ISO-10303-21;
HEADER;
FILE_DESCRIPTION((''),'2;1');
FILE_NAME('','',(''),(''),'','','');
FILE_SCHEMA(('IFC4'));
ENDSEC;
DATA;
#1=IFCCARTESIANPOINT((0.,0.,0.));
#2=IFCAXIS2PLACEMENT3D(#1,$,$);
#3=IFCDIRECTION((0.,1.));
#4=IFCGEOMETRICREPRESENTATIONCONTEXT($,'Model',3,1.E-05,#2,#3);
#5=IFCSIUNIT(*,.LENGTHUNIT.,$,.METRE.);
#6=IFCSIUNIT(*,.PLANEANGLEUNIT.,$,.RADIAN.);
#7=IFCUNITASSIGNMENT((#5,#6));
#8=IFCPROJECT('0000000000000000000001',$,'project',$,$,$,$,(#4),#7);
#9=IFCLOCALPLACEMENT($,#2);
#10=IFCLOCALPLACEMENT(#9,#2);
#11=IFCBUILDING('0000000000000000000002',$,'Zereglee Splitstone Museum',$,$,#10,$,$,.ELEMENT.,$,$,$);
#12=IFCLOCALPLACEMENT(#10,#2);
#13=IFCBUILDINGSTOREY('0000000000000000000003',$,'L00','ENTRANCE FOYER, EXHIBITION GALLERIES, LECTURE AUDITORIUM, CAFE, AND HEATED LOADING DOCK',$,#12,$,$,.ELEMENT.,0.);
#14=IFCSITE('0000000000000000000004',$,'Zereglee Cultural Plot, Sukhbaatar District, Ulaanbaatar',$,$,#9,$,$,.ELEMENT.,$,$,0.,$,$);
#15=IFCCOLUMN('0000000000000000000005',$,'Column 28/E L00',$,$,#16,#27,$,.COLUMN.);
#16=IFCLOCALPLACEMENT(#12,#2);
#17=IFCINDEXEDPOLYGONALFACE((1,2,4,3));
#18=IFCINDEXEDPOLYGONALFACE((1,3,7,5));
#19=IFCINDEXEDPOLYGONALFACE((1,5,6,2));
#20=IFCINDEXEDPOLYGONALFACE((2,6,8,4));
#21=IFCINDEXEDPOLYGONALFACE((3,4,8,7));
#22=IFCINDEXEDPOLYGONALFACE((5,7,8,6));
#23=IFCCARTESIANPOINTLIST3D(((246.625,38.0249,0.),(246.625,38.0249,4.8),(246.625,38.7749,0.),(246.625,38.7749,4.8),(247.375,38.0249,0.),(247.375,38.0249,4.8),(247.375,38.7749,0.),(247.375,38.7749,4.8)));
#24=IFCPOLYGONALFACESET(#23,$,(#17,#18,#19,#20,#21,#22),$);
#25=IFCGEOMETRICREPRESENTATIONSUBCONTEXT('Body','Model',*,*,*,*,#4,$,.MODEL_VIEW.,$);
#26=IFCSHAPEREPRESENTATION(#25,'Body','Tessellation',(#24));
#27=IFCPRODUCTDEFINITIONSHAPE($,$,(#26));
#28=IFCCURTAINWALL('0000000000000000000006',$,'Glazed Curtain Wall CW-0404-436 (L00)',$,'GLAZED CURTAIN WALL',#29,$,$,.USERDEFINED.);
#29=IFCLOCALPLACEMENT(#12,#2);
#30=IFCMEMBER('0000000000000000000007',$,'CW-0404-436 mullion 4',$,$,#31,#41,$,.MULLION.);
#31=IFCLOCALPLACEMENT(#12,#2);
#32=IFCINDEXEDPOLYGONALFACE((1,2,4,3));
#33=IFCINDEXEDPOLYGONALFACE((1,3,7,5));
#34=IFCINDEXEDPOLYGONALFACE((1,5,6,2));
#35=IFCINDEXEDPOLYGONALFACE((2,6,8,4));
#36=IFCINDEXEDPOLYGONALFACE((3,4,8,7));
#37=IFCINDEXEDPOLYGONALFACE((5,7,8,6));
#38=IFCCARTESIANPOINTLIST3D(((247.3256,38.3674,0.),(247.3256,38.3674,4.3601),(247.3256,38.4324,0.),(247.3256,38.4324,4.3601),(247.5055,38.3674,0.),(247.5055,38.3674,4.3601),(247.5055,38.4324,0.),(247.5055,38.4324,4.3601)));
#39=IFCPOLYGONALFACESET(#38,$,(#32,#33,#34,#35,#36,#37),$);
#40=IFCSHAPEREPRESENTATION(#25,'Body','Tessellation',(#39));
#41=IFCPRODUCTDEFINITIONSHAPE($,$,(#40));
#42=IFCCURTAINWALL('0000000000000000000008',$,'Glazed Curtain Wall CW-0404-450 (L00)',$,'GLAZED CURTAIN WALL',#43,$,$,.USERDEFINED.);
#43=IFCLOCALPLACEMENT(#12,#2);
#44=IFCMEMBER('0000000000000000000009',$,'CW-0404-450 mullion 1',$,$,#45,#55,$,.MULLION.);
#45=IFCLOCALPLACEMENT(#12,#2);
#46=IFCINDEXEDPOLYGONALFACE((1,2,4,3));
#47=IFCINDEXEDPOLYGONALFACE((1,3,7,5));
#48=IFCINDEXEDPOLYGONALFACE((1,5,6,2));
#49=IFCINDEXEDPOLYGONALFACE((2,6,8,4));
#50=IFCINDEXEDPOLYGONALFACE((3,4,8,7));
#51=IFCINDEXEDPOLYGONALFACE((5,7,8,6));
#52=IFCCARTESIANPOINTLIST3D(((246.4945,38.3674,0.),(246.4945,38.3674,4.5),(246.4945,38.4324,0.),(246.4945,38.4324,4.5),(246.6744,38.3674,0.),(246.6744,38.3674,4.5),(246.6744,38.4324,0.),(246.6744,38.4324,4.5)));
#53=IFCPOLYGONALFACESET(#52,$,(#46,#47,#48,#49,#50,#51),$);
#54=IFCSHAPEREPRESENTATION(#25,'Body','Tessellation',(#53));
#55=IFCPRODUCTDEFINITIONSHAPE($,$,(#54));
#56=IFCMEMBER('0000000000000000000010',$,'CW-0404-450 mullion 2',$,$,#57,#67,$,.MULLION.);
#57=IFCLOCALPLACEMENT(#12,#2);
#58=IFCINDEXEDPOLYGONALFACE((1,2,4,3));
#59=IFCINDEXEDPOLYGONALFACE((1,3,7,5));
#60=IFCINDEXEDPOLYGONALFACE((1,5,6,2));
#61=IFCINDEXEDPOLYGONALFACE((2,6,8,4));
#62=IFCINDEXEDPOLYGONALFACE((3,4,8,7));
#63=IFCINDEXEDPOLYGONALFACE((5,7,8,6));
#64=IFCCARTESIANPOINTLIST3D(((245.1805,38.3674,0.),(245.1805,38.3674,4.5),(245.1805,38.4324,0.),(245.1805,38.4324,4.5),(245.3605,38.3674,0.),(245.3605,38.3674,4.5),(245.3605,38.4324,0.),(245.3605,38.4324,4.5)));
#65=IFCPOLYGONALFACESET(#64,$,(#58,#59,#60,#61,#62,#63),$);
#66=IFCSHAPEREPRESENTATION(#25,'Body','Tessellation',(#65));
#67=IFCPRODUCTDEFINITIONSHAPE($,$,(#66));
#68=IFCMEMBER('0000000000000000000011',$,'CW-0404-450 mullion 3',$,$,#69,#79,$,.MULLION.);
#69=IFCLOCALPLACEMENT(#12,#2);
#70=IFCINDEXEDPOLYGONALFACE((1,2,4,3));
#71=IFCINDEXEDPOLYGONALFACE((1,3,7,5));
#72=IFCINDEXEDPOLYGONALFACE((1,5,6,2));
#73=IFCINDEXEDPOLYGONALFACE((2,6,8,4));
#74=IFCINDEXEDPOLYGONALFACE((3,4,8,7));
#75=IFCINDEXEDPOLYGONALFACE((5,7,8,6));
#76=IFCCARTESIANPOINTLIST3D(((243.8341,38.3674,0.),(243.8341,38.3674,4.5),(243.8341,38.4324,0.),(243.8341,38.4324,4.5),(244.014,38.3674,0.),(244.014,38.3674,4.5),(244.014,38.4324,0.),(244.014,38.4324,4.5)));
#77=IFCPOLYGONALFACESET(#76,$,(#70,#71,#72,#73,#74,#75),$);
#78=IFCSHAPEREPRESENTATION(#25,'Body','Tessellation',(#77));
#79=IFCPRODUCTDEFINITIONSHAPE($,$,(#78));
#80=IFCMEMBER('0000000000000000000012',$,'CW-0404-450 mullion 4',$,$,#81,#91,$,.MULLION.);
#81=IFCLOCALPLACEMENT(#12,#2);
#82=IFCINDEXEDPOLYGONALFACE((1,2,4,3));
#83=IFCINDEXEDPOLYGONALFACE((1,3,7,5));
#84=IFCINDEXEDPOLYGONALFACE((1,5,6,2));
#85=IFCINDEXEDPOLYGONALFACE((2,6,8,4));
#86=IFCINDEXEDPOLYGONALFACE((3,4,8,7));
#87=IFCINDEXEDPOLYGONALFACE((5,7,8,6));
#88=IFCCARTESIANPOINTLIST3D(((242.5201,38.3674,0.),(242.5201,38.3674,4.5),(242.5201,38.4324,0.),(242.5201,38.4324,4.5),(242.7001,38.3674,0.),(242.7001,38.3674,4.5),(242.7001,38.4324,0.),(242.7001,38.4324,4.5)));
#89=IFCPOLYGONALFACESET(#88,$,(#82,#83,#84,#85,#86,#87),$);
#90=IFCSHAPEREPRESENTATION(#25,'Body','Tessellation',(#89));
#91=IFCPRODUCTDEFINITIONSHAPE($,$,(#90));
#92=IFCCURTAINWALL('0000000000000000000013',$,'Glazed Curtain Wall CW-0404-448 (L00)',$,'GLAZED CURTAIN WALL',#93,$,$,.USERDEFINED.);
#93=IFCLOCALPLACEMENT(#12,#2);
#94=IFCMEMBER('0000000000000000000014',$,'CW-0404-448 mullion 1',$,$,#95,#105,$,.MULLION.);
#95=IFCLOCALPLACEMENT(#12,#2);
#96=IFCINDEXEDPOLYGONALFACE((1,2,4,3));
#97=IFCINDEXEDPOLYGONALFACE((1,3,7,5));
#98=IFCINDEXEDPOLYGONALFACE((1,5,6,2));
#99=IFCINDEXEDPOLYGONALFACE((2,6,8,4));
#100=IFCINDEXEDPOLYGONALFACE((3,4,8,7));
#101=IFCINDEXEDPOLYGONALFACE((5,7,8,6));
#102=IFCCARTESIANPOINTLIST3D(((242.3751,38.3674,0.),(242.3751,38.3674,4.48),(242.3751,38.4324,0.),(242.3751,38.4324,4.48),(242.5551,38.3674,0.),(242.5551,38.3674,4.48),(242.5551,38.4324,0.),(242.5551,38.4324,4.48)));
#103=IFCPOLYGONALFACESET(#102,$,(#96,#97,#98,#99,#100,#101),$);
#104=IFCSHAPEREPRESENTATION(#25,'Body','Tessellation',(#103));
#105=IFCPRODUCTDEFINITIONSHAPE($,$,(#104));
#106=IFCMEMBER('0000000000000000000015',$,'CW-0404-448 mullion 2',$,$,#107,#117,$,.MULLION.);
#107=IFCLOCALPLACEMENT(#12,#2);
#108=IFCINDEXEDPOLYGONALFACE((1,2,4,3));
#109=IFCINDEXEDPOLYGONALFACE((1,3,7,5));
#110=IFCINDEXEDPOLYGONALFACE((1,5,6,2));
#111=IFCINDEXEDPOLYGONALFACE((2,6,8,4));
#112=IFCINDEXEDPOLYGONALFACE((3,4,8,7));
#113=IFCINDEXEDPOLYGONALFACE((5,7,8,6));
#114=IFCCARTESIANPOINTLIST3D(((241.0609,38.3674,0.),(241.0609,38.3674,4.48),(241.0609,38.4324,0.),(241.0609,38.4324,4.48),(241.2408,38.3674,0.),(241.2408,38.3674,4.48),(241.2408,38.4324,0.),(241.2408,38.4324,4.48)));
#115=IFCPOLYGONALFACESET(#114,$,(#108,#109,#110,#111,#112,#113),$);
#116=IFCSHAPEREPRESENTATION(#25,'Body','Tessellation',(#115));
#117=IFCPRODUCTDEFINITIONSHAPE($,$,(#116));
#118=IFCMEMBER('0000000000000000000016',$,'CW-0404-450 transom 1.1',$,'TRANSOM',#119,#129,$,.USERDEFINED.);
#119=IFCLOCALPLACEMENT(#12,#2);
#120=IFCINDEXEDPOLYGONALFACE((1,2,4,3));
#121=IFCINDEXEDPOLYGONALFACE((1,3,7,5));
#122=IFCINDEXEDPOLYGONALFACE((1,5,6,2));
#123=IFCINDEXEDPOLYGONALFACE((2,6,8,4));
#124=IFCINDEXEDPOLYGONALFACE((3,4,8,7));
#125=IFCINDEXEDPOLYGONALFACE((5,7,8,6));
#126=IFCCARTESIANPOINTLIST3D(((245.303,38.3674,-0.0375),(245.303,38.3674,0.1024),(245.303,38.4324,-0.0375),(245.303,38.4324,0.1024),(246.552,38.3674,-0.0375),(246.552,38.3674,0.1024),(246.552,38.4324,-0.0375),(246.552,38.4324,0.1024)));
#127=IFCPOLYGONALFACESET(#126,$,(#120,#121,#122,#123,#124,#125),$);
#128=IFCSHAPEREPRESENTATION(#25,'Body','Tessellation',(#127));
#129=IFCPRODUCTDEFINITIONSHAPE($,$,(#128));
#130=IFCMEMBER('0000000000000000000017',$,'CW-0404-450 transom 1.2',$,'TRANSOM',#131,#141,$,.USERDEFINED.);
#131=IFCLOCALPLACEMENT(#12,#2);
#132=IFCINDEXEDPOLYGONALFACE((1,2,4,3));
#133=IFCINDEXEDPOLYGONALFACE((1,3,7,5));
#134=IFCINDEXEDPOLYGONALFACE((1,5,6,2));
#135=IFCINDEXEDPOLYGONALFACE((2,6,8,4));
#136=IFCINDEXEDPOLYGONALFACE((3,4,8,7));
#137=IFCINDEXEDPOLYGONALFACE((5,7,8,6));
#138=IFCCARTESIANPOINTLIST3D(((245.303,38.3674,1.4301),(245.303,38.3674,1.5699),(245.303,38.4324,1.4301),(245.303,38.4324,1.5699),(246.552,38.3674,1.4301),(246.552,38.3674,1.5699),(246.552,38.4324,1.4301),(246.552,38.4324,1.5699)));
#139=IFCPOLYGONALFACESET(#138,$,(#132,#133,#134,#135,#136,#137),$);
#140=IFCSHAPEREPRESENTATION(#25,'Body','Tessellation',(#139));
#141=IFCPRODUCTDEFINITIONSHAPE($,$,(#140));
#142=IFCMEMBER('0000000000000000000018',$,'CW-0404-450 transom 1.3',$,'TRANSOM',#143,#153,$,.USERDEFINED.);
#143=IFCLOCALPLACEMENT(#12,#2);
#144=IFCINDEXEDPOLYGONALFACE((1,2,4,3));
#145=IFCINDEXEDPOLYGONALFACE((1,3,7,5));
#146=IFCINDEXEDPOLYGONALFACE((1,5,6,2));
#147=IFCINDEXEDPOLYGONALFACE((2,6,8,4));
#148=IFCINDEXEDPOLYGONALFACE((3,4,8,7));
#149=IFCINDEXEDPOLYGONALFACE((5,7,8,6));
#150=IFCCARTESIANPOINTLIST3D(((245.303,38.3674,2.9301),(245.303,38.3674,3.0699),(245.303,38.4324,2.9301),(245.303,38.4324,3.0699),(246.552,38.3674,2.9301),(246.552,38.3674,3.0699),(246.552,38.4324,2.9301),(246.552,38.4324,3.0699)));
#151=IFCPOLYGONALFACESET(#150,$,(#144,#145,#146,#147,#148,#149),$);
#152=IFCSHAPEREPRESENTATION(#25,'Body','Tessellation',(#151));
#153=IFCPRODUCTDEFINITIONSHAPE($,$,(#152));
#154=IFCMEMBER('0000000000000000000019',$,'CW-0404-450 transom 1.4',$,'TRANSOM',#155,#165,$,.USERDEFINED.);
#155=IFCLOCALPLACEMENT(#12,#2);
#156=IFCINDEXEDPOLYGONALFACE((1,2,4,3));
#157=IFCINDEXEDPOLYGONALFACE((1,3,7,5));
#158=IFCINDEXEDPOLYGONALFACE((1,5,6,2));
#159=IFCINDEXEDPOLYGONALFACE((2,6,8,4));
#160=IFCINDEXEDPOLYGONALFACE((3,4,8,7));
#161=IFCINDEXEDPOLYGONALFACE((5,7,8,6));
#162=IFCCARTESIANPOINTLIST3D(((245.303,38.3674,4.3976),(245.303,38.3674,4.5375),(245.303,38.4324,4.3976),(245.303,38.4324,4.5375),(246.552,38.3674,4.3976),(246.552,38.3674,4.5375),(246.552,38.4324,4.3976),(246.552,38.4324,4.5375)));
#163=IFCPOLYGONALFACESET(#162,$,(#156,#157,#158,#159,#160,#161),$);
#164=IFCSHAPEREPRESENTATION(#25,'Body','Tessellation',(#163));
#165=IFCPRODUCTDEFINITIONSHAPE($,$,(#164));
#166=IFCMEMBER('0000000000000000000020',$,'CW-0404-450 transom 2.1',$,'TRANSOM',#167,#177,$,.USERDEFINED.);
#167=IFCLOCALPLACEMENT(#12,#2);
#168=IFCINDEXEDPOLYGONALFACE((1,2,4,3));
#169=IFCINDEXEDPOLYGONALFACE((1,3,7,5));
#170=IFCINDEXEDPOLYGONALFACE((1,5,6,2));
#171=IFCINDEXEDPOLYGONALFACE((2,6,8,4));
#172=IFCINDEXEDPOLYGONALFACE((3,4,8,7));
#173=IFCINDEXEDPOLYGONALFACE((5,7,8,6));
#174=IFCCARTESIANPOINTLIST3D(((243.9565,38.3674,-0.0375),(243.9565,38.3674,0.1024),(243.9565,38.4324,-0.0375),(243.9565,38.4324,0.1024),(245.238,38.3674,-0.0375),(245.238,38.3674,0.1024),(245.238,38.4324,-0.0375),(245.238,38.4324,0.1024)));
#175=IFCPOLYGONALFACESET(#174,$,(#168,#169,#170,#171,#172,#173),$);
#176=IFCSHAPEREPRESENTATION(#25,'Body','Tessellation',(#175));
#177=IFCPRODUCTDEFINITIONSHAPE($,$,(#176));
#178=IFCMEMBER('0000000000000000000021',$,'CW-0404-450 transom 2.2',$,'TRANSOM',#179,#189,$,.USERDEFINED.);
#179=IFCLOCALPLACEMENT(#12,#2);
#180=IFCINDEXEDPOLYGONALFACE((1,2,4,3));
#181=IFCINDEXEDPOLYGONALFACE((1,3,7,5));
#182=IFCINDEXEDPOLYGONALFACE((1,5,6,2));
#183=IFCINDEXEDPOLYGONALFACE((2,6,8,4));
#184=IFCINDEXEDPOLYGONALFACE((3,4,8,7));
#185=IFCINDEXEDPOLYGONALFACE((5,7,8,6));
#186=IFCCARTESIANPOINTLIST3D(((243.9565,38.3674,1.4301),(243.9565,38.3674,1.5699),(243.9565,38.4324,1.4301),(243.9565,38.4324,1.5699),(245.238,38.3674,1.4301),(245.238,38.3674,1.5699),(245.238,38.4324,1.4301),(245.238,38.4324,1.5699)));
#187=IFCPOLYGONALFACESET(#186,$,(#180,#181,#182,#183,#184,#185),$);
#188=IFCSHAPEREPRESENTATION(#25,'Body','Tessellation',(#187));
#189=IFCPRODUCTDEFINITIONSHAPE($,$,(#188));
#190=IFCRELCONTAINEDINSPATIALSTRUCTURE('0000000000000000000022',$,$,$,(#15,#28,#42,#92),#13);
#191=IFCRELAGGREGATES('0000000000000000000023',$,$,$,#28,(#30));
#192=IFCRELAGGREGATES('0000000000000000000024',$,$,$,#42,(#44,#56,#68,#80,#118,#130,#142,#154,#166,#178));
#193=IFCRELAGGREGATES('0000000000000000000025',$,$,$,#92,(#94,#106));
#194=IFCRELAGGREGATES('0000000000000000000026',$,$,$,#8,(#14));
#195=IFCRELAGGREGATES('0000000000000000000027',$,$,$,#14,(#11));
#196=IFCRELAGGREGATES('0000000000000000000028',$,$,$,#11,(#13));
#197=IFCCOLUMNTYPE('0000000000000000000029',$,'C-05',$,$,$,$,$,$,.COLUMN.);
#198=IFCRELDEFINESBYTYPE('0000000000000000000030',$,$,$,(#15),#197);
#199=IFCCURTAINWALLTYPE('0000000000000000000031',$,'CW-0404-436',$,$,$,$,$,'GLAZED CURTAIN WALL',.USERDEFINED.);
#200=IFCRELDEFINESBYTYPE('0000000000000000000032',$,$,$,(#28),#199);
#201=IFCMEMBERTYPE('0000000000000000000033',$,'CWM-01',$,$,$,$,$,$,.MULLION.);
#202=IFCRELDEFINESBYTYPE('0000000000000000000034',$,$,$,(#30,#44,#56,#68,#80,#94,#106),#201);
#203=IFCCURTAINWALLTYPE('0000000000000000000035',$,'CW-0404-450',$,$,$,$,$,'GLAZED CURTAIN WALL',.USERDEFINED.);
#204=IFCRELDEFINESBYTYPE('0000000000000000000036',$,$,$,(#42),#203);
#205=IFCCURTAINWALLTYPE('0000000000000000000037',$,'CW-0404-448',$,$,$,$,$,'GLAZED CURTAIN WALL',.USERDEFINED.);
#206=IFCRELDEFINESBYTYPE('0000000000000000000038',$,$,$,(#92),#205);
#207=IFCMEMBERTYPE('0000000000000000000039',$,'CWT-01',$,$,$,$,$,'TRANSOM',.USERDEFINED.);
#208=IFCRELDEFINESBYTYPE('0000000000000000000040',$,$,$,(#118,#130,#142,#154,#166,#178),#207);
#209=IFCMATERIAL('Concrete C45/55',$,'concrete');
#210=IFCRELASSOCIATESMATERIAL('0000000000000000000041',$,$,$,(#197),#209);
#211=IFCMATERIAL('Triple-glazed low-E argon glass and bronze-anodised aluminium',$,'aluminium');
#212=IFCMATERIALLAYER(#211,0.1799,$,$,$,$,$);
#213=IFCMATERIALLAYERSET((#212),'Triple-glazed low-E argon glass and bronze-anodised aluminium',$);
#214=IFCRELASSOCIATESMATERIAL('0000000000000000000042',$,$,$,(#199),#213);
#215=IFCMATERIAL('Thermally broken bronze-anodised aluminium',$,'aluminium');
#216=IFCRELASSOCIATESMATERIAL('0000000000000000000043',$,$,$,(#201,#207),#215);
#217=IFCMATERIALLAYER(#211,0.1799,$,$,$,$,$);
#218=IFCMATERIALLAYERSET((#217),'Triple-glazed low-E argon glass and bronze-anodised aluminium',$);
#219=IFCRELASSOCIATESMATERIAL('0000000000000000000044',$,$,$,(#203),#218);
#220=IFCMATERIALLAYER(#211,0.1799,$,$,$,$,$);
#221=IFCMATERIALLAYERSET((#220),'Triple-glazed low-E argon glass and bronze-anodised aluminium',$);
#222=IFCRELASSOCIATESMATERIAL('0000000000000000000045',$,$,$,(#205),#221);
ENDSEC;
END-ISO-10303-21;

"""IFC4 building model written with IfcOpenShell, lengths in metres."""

from ifc_helpers import new_model, si_unit, direction, frame, origin, origin_2d, place, context, subcontext, project, spatial, rectangle, extrude, material, layer, layer_set, material_profile, profile_set, type_object, element, aggregate, save


model = new_model("IFC4")

# Units and contexts
model_context = context("Model", 3, precision=1e-05, world=origin(), true_north=direction((0.0, 1.0)))
body_context = subcontext(model_context, "Body", "Model", "MODEL_VIEW")
ifc_project = project(units=[si_unit("LENGTHUNIT", "METRE"), si_unit("PLANEANGLEUNIT", "RADIAN")], contexts=[model_context])

# Site, building, storey
site_placement = place(None, origin())
site = spatial("IfcSite", under=ifc_project, at=site_placement, Name="Zereglee Cultural Plot, Sukhbaatar District, Ulaanbaatar", CompositionType="ELEMENT", RefElevation=0.0)
building_placement = place(site_placement, origin())
building = spatial("IfcBuilding", under=site, at=building_placement, Name="Zereglee Splitstone Museum", CompositionType="ELEMENT")
storey_placement = place(building_placement, origin())
storey = spatial("IfcBuildingStorey", under=building, at=storey_placement, Name="L00", Description="ENTRANCE FOYER, EXHIBITION GALLERIES, LECTURE AUDITORIUM, CAFE, AND HEATED LOADING DOCK", CompositionType="ELEMENT", Elevation=0.0)

# Column
ifc_material_1 = material(Name="Concrete C45/55", Category="concrete")
ifc_material_profile_1 = material_profile(ifc_material_1, rectangle(XDim=0.75, YDim=0.75, at=origin_2d()), Name="RC 750x750")
ifc_profile_set_1 = profile_set([ifc_material_profile_1], Name="Concrete C45/55")
column_type = type_object("IfcColumnType", Name="C-05", PredefinedType="COLUMN", material=ifc_profile_set_1)
column_placement = place(storey_placement, frame((247.0, 38.3999, 0.0), z_axis=(0.0, 0.0, 1.0), x_axis=(1.0, 0.0, 0.0)))
element("IfcColumn", 1, at=column_placement, inside=storey, type_object=column_type, Name="Column 28/E L00", PredefinedType="COLUMN", context=body_context, shape_type="SweptSolid", body=[
    extrude(rectangle(XDim=0.75, YDim=0.75, at=origin_2d()), origin(), (0.0, 0.0, 1.0), 4.8),
])

# Curtain wall, member
ifc_material_2 = material(Name="Triple-glazed low-E argon glass and bronze-anodised aluminium", Category="aluminium")
ifc_layer_1 = layer(ifc_material_2, 0.1799)
ifc_layer_set_1 = layer_set([ifc_layer_1], Name="Triple-glazed low-E argon glass and bronze-anodised aluminium")
curtain_wall_type_1 = type_object("IfcCurtainWallType", Name="CW-0404-436", ElementType="GLAZED CURTAIN WALL", PredefinedType="USERDEFINED", material=ifc_layer_set_1)
curtain_wall_1_placement = place(storey_placement, origin())
curtain_wall_1 = element("IfcCurtainWall", 2, at=curtain_wall_1_placement, inside=storey, type_object=curtain_wall_type_1, Name="Glazed Curtain Wall CW-0404-436 (L00)", ObjectType="GLAZED CURTAIN WALL", PredefinedType="USERDEFINED")
ifc_material_3 = material(Name="Thermally broken bronze-anodised aluminium", Category="aluminium")
ifc_material_profile_2 = material_profile(ifc_material_3, rectangle(XDim=0.0649, YDim=0.1799, at=origin_2d()), Name="CW MULL 65x180")
ifc_profile_set_2 = profile_set([ifc_material_profile_2], Name="Thermally broken bronze-anodised aluminium")
member_type_1 = type_object("IfcMemberType", Name="CWM-01", PredefinedType="MULLION", material=ifc_profile_set_2)
member_1_placement = place(storey_placement, frame((247.4155, 38.3999, 0.0), z_axis=(0.0, 0.0, 1.0), x_axis=(0.0, -1.0, 0.0)))
member_1 = element("IfcMember", 3, at=member_1_placement, type_object=member_type_1, Name="CW-0404-436 mullion 4", PredefinedType="MULLION", context=body_context, shape_type="SweptSolid", body=[
    extrude(rectangle(XDim=0.0649, YDim=0.1799, at=origin_2d()), origin(), (0.0, 0.0, 1.0), 4.3601),
])
aggregate(curtain_wall_1, [member_1])

# Curtain walls, members
ifc_layer_2 = layer(ifc_material_2, 0.1799)
ifc_layer_set_2 = layer_set([ifc_layer_2], Name="Triple-glazed low-E argon glass and bronze-anodised aluminium")
curtain_wall_type_2 = type_object("IfcCurtainWallType", Name="CW-0404-450", ElementType="GLAZED CURTAIN WALL", PredefinedType="USERDEFINED", material=ifc_layer_set_2)
curtain_wall_2_placement = place(storey_placement, origin())
curtain_wall_2 = element("IfcCurtainWall", 4, at=curtain_wall_2_placement, inside=storey, type_object=curtain_wall_type_2, Name="Glazed Curtain Wall CW-0404-450 (L00)", ObjectType="GLAZED CURTAIN WALL", PredefinedType="USERDEFINED")
member_2_placement = place(storey_placement, frame((246.5845, 38.3999, 0.0), z_axis=(0.0, 0.0, 1.0), x_axis=(0.0, -1.0, 0.0)))
member_2 = element("IfcMember", 5, at=member_2_placement, type_object=member_type_1, Name="CW-0404-450 mullion 1", PredefinedType="MULLION", context=body_context, shape_type="SweptSolid", body=[
    extrude(rectangle(XDim=0.0649, YDim=0.1799, at=origin_2d()), origin(), (0.0, 0.0, 1.0), 4.5),
])
member_3_placement = place(storey_placement, frame((245.2705, 38.3999, 0.0), z_axis=(0.0, 0.0, 1.0), x_axis=(0.0, -1.0, 0.0)))
member_3 = element("IfcMember", 6, at=member_3_placement, type_object=member_type_1, Name="CW-0404-450 mullion 2", PredefinedType="MULLION", context=body_context, shape_type="SweptSolid", body=[
    extrude(rectangle(XDim=0.0649, YDim=0.1799, at=origin_2d()), origin(), (0.0, 0.0, 1.0), 4.5),
])
member_4_placement = place(storey_placement, frame((243.9241, 38.3999, 0.0), z_axis=(0.0, 0.0, 1.0), x_axis=(0.0, -1.0, 0.0)))
member_4 = element("IfcMember", 7, at=member_4_placement, type_object=member_type_1, Name="CW-0404-450 mullion 3", PredefinedType="MULLION", context=body_context, shape_type="SweptSolid", body=[
    extrude(rectangle(XDim=0.0649, YDim=0.1799, at=origin_2d()), origin(), (0.0, 0.0, 1.0), 4.5),
])
member_5_placement = place(storey_placement, frame((242.6101, 38.3999, 0.0), z_axis=(0.0, 0.0, 1.0), x_axis=(0.0, -1.0, 0.0)))
member_5 = element("IfcMember", 8, at=member_5_placement, type_object=member_type_1, Name="CW-0404-450 mullion 4", PredefinedType="MULLION", context=body_context, shape_type="SweptSolid", body=[
    extrude(rectangle(XDim=0.0649, YDim=0.1799, at=origin_2d()), origin(), (0.0, 0.0, 1.0), 4.5),
])
ifc_layer_3 = layer(ifc_material_2, 0.1799)
ifc_layer_set_3 = layer_set([ifc_layer_3], Name="Triple-glazed low-E argon glass and bronze-anodised aluminium")
curtain_wall_type_3 = type_object("IfcCurtainWallType", Name="CW-0404-448", ElementType="GLAZED CURTAIN WALL", PredefinedType="USERDEFINED", material=ifc_layer_set_3)
curtain_wall_3_placement = place(storey_placement, origin())
curtain_wall_3 = element("IfcCurtainWall", 9, at=curtain_wall_3_placement, inside=storey, type_object=curtain_wall_type_3, Name="Glazed Curtain Wall CW-0404-448 (L00)", ObjectType="GLAZED CURTAIN WALL", PredefinedType="USERDEFINED")
member_6_placement = place(storey_placement, frame((242.4651, 38.3999, 0.0), z_axis=(0.0, 0.0, 1.0), x_axis=(0.0, -1.0, 0.0)))
member_6 = element("IfcMember", 10, at=member_6_placement, type_object=member_type_1, Name="CW-0404-448 mullion 1", PredefinedType="MULLION", context=body_context, shape_type="SweptSolid", body=[
    extrude(rectangle(XDim=0.0649, YDim=0.1799, at=origin_2d()), origin(), (0.0, 0.0, 1.0), 4.48),
])
member_7_placement = place(storey_placement, frame((241.1509, 38.3999, 0.0), z_axis=(0.0, 0.0, 1.0), x_axis=(0.0, -1.0, 0.0)))
member_7 = element("IfcMember", 11, at=member_7_placement, type_object=member_type_1, Name="CW-0404-448 mullion 2", PredefinedType="MULLION", context=body_context, shape_type="SweptSolid", body=[
    extrude(rectangle(XDim=0.0649, YDim=0.1799, at=origin_2d()), origin(), (0.0, 0.0, 1.0), 4.48),
])

# Members
ifc_material_profile_3 = material_profile(ifc_material_3, rectangle(XDim=0.0649, YDim=0.1399, at=origin_2d()), Name="CW TRAN 65x140")
ifc_profile_set_3 = profile_set([ifc_material_profile_3], Name="Thermally broken bronze-anodised aluminium")
member_type_2 = type_object("IfcMemberType", Name="CWT-01", ElementType="TRANSOM", PredefinedType="USERDEFINED", material=ifc_profile_set_3)
member_8_placement = place(storey_placement, frame((246.552, 38.3999, 0.0325), z_axis=(-1.0, 0.0, 0.0), x_axis=(0.0, -1.0, 0.0)))
member_8 = element("IfcMember", 12, at=member_8_placement, type_object=member_type_2, Name="CW-0404-450 transom 1.1", ObjectType="TRANSOM", PredefinedType="USERDEFINED", context=body_context, shape_type="SweptSolid", body=[
    extrude(rectangle(XDim=0.0649, YDim=0.1399, at=origin_2d()), origin(), (0.0, 0.0, 1.0), 1.249),
])
member_9_placement = place(storey_placement, frame((246.552, 38.3999, 1.5), z_axis=(-1.0, 0.0, 0.0), x_axis=(0.0, -1.0, 0.0)))
member_9 = element("IfcMember", 13, at=member_9_placement, type_object=member_type_2, Name="CW-0404-450 transom 1.2", ObjectType="TRANSOM", PredefinedType="USERDEFINED", context=body_context, shape_type="SweptSolid", body=[
    extrude(rectangle(XDim=0.0649, YDim=0.1399, at=origin_2d()), origin(), (0.0, 0.0, 1.0), 1.249),
])
member_10_placement = place(storey_placement, frame((246.552, 38.3999, 3.0), z_axis=(-1.0, 0.0, 0.0), x_axis=(0.0, -1.0, 0.0)))
member_10 = element("IfcMember", 14, at=member_10_placement, type_object=member_type_2, Name="CW-0404-450 transom 1.3", ObjectType="TRANSOM", PredefinedType="USERDEFINED", context=body_context, shape_type="SweptSolid", body=[
    extrude(rectangle(XDim=0.0649, YDim=0.1399, at=origin_2d()), origin(), (0.0, 0.0, 1.0), 1.249),
])
member_11_placement = place(storey_placement, frame((246.552, 38.3999, 4.4675), z_axis=(-1.0, 0.0, 0.0), x_axis=(0.0, -1.0, 0.0)))
member_11 = element("IfcMember", 15, at=member_11_placement, type_object=member_type_2, Name="CW-0404-450 transom 1.4", ObjectType="TRANSOM", PredefinedType="USERDEFINED", context=body_context, shape_type="SweptSolid", body=[
    extrude(rectangle(XDim=0.0649, YDim=0.1399, at=origin_2d()), origin(), (0.0, 0.0, 1.0), 1.249),
])
member_12_placement = place(storey_placement, frame((245.238, 38.3999, 0.0325), z_axis=(-1.0, 0.0, 0.0), x_axis=(0.0, -1.0, 0.0)))
member_12 = element("IfcMember", 16, at=member_12_placement, type_object=member_type_2, Name="CW-0404-450 transom 2.1", ObjectType="TRANSOM", PredefinedType="USERDEFINED", context=body_context, shape_type="SweptSolid", body=[
    extrude(rectangle(XDim=0.0649, YDim=0.1399, at=origin_2d()), origin(), (0.0, 0.0, 1.0), 1.2815),
])
member_13_placement = place(storey_placement, frame((245.238, 38.3999, 1.5), z_axis=(-1.0, 0.0, 0.0), x_axis=(0.0, -1.0, 0.0)))
member_13 = element("IfcMember", 17, at=member_13_placement, type_object=member_type_2, Name="CW-0404-450 transom 2.2", ObjectType="TRANSOM", PredefinedType="USERDEFINED", context=body_context, shape_type="SweptSolid", body=[
    extrude(rectangle(XDim=0.0649, YDim=0.1399, at=origin_2d()), origin(), (0.0, 0.0, 1.0), 1.2815),
])

aggregate(curtain_wall_2, [member_2, member_3, member_4, member_5, member_8, member_9, member_10, member_11, member_12, member_13])
aggregate(curtain_wall_3, [member_6, member_7])

save(model, "model.ifc")
